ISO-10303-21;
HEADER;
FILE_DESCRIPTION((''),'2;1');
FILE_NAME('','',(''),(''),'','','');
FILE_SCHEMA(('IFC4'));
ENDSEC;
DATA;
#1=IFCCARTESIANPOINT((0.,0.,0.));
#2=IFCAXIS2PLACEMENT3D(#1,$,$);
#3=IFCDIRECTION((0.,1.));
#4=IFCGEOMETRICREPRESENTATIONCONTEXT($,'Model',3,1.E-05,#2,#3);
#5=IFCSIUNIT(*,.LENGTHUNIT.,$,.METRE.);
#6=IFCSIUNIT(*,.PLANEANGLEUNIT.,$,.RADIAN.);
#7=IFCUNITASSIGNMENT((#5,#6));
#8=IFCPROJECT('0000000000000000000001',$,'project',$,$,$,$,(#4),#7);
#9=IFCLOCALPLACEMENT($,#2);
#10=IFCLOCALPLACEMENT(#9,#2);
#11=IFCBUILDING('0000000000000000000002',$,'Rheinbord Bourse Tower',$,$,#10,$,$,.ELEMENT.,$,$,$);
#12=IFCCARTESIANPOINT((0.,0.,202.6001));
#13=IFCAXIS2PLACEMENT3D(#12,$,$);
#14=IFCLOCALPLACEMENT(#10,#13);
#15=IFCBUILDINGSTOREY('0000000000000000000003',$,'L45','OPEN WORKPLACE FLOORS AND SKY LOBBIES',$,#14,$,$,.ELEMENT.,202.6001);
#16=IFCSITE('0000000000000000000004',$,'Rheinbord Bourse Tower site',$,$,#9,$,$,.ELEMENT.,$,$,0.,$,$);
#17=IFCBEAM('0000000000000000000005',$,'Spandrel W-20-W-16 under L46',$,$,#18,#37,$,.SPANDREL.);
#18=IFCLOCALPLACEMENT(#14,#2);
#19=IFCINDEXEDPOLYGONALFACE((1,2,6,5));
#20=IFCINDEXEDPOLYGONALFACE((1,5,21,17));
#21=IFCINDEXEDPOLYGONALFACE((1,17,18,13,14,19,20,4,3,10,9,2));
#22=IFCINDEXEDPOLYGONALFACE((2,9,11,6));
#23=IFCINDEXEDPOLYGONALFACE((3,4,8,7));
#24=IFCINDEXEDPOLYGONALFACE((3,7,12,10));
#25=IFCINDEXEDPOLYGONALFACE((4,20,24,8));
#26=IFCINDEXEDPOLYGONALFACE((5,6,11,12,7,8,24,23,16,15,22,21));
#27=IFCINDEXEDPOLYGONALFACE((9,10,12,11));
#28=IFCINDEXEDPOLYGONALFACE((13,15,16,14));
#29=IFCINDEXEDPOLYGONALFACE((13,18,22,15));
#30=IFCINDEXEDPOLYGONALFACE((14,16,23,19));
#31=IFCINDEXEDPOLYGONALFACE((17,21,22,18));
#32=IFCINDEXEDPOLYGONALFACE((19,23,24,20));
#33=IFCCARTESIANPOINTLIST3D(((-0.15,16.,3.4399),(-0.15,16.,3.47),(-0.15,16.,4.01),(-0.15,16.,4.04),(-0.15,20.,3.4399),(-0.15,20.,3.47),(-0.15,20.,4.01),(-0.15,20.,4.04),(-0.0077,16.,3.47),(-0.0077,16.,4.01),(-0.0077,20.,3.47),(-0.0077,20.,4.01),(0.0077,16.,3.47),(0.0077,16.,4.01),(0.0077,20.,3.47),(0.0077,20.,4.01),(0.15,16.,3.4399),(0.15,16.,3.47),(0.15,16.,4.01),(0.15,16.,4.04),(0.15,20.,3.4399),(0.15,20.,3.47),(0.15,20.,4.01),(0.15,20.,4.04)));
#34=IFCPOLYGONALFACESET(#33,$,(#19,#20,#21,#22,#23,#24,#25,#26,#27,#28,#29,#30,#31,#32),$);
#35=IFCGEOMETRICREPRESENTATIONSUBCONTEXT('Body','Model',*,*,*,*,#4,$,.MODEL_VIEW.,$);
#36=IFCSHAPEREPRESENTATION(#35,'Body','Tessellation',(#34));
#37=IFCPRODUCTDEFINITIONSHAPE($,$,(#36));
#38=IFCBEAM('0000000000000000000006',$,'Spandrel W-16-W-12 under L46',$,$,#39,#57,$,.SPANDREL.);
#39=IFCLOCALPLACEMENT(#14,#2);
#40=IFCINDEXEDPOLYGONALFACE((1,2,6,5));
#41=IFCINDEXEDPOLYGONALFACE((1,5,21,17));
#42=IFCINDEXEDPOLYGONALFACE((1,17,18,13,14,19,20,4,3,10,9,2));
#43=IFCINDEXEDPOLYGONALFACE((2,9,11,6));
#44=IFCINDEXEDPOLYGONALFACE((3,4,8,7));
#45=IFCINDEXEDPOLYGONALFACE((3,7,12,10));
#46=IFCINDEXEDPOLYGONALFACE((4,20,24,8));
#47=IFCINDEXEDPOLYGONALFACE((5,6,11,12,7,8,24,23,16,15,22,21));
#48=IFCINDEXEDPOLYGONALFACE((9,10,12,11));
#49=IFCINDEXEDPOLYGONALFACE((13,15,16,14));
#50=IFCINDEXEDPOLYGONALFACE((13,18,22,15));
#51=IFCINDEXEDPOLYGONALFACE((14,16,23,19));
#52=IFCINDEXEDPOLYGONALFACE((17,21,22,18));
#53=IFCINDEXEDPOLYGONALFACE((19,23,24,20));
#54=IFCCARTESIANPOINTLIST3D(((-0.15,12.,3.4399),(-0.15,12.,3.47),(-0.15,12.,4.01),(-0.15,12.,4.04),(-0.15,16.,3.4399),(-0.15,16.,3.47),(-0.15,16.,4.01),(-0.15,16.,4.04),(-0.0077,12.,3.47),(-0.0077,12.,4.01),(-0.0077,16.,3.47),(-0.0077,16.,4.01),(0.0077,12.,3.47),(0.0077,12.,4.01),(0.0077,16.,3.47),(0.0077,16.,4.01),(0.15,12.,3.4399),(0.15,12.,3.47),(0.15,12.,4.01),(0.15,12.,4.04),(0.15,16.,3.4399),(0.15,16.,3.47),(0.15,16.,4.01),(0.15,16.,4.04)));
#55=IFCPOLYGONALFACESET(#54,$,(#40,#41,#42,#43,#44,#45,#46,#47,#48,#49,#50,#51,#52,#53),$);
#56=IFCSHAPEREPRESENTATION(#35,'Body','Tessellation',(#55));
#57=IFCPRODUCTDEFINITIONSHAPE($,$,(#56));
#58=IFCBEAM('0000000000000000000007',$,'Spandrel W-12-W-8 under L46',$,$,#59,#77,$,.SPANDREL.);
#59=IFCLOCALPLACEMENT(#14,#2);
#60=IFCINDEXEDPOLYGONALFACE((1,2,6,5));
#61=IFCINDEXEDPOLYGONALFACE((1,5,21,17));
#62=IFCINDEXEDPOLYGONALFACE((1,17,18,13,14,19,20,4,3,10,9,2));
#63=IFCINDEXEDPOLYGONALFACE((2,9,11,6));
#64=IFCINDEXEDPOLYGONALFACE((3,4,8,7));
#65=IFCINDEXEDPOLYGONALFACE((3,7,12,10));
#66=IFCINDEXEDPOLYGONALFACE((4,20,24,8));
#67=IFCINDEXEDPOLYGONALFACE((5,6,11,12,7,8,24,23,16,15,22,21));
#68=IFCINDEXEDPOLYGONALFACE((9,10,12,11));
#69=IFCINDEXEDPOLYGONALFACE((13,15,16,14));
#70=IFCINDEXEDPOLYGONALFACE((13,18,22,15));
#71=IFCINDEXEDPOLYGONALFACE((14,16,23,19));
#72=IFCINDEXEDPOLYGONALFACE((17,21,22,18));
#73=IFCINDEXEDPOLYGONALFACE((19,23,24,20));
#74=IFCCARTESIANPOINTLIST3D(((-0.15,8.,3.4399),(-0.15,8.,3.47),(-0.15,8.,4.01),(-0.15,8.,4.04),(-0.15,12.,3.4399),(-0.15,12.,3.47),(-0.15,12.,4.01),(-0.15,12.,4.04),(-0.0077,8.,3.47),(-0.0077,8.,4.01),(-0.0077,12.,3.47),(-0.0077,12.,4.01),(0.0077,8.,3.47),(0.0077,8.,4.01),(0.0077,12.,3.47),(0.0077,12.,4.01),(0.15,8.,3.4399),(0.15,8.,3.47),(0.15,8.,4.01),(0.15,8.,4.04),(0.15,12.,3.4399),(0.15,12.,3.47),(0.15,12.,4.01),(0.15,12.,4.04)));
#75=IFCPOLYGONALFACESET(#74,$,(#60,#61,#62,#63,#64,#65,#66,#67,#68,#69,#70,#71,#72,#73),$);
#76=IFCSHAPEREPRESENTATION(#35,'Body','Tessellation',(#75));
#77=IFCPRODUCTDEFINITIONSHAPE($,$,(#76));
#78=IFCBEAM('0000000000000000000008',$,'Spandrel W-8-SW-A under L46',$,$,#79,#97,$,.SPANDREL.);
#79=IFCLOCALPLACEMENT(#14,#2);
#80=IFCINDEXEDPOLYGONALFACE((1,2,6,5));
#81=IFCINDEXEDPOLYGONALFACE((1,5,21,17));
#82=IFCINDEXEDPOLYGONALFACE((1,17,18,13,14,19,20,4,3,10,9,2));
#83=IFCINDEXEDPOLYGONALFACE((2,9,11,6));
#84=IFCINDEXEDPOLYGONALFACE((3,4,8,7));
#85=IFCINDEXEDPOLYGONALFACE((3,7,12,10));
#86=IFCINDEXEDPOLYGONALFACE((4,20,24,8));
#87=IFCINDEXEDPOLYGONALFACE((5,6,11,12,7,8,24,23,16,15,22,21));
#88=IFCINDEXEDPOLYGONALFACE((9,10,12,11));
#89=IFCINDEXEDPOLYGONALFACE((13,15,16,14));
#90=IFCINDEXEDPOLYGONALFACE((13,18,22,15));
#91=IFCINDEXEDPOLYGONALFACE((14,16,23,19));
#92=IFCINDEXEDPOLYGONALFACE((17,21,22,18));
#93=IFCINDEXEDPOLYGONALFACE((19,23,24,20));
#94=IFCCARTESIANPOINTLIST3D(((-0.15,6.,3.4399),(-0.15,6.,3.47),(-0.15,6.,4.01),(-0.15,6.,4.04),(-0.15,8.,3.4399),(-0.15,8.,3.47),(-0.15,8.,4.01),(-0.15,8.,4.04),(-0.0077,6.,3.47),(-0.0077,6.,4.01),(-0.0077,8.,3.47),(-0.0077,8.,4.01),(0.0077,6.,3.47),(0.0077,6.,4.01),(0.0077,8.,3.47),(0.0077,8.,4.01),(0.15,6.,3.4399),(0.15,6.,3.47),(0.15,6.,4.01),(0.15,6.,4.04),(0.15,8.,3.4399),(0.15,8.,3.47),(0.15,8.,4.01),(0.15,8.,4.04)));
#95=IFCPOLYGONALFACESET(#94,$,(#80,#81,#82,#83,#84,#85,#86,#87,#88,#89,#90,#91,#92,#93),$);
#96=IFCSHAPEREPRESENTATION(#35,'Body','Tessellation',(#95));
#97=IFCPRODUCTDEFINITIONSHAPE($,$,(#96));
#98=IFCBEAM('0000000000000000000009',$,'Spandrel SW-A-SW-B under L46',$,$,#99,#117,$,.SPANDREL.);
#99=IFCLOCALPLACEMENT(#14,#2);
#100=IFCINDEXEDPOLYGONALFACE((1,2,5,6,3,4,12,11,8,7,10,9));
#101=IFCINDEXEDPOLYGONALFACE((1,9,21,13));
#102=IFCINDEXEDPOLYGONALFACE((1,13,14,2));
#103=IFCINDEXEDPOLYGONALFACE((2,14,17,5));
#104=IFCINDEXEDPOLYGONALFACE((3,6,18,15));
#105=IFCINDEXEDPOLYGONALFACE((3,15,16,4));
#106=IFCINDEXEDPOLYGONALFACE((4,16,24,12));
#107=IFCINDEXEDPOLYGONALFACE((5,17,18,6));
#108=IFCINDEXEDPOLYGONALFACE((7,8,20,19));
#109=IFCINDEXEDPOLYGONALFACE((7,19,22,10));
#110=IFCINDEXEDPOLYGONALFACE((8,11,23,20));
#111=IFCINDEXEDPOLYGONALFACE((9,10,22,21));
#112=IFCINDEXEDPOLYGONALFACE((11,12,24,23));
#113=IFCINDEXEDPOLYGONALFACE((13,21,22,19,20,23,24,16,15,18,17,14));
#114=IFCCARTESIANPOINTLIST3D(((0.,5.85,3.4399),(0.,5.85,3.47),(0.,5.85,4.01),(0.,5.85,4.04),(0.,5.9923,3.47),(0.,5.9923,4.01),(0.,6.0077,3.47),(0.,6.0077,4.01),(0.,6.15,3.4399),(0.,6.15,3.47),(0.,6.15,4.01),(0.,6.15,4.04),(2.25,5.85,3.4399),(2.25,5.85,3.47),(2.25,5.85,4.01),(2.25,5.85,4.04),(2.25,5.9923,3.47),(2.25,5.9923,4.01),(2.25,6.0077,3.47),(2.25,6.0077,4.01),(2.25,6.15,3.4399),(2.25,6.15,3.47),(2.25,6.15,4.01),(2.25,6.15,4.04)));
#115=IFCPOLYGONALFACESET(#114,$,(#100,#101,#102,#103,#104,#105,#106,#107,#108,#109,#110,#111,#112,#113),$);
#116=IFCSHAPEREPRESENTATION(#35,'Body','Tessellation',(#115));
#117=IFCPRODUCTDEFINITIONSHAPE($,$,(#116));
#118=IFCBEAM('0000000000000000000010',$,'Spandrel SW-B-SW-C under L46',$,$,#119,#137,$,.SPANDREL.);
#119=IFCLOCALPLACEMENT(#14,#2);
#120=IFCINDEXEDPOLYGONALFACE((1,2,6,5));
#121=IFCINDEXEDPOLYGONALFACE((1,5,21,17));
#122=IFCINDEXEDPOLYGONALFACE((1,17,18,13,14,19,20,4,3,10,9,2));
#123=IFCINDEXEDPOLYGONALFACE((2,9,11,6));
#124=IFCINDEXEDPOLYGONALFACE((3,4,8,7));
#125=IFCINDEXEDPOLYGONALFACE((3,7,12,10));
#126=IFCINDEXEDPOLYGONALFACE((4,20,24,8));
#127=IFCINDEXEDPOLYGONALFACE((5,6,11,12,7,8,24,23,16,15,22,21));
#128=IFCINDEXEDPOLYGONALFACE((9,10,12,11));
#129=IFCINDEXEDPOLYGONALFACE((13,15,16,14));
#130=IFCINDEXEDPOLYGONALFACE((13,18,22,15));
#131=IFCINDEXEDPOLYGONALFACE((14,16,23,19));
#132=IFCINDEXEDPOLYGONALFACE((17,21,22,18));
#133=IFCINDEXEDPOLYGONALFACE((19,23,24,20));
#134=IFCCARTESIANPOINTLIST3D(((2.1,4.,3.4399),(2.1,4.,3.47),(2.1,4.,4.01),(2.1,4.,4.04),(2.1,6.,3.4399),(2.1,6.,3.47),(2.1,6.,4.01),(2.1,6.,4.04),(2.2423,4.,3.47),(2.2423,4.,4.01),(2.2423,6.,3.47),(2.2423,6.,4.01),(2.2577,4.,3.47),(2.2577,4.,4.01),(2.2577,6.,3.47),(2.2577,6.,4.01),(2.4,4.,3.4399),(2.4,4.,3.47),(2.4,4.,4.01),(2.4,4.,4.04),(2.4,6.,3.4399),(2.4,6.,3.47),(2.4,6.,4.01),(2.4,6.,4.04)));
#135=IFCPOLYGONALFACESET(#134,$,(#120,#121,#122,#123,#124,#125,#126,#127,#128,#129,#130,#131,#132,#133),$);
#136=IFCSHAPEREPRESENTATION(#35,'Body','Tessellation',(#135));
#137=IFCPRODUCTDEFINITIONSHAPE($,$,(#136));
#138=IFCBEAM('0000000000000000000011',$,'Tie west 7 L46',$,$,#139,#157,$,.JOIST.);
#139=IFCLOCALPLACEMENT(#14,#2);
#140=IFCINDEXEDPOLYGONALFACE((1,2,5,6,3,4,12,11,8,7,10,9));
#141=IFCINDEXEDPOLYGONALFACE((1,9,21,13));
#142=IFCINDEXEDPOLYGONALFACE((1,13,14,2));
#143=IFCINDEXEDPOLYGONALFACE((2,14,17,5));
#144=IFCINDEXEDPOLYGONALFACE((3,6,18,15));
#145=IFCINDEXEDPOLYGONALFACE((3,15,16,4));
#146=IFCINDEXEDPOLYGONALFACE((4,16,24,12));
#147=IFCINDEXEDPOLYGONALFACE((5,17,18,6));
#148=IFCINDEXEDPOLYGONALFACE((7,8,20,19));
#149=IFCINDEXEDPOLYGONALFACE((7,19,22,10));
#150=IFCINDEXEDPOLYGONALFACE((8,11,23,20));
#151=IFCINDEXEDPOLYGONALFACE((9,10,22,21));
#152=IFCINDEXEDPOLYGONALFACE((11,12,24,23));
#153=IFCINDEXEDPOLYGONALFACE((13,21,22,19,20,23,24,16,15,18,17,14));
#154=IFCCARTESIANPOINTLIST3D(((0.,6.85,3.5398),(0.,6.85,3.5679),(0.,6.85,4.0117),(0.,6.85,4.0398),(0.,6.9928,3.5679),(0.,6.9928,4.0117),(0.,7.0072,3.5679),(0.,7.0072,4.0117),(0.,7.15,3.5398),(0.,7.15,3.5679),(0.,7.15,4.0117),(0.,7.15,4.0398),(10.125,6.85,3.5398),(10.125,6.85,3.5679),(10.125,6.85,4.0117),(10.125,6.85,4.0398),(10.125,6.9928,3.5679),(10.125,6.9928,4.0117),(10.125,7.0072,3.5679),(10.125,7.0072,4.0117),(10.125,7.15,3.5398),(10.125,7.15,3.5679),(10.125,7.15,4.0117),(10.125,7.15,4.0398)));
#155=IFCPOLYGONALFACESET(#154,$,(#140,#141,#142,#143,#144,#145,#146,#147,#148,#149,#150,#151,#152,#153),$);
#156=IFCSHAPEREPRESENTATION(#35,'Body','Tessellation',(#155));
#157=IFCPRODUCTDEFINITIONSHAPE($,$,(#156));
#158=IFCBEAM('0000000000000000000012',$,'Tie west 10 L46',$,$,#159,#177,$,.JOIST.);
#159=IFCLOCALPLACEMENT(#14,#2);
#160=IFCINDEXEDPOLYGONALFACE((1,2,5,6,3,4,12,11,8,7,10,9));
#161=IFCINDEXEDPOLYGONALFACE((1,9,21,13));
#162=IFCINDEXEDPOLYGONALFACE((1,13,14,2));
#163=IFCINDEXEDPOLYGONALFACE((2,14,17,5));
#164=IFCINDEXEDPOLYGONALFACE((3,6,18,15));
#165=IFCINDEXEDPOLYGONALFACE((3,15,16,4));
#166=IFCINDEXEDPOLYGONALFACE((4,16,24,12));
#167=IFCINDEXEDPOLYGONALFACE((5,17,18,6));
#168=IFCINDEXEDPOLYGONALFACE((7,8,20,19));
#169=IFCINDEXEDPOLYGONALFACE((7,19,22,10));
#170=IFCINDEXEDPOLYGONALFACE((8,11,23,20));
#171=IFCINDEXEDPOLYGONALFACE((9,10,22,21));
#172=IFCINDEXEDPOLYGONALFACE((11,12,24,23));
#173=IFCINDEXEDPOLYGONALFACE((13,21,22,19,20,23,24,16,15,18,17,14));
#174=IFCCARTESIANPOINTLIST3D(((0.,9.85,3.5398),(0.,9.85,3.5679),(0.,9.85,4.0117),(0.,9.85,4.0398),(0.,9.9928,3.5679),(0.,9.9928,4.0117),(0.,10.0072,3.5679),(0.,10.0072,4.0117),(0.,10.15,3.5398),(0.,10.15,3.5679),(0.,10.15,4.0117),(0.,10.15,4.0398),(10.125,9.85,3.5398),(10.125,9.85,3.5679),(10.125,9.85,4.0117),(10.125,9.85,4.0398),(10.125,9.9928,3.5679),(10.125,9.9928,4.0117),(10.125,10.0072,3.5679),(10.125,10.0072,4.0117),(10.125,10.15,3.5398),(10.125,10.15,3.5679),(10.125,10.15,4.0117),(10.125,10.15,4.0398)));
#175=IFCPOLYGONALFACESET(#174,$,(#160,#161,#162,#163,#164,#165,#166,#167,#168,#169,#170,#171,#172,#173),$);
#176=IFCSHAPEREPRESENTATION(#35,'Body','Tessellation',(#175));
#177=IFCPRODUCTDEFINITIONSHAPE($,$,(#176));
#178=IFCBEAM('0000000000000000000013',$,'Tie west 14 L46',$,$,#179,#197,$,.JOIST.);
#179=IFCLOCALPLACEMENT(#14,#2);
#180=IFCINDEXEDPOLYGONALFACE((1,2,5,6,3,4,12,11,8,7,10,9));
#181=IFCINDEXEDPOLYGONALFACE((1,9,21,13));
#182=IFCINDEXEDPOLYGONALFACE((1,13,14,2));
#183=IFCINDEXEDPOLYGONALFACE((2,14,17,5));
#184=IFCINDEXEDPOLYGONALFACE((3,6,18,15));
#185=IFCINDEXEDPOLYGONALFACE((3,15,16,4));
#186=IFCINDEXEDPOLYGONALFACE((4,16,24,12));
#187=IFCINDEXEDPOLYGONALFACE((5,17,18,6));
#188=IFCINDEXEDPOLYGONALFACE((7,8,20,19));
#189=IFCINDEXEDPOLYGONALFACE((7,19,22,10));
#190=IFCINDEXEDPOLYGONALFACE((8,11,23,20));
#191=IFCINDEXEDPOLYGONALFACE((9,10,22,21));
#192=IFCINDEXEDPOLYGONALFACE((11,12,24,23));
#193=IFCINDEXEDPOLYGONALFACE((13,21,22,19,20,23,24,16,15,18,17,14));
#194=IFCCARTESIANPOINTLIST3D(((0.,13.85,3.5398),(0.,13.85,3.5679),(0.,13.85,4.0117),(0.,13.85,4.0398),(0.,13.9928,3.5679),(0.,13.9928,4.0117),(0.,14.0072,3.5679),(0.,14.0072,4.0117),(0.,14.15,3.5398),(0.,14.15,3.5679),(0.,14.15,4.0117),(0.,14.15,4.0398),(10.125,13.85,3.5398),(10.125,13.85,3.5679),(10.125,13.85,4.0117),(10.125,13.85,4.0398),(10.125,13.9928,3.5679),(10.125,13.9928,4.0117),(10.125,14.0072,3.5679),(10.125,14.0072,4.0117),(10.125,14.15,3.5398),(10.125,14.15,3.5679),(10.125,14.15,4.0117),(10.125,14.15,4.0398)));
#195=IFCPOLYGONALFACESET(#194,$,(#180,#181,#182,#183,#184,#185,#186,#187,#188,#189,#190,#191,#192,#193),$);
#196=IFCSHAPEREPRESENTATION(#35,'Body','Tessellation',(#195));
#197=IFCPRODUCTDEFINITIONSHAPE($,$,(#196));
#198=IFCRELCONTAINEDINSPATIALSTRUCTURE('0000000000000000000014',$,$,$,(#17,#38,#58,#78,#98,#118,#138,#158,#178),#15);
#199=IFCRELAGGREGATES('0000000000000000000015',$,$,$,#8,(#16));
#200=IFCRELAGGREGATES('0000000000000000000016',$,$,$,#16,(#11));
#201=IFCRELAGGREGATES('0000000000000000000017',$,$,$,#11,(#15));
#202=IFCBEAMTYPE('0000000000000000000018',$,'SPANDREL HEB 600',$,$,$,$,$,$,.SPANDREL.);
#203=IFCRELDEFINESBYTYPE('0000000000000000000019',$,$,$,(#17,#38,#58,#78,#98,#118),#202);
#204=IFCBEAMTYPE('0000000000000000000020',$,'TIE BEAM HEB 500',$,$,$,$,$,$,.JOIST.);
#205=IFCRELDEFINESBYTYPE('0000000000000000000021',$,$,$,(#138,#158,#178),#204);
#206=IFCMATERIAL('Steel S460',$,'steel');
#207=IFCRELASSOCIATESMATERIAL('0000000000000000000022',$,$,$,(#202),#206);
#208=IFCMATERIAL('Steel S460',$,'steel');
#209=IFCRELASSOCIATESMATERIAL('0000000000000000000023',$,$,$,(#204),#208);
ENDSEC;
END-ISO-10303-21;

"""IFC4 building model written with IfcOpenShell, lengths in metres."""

from ifc_helpers import new_model, si_unit, direction, frame, origin, origin_2d, place, context, subcontext, project, spatial, i_section, extrude, material, material_profile, profile_set, type_object, element, save


model = new_model("IFC4")

# Units and contexts
model_context = context("Model", 3, precision=1e-05, world=origin(), true_north=direction((0.0, 1.0)))
body_context = subcontext(model_context, "Body", "Model", "MODEL_VIEW")
ifc_project = project(units=[si_unit("LENGTHUNIT", "METRE"), si_unit("PLANEANGLEUNIT", "RADIAN")], contexts=[model_context])

# Site, building, storey
site_placement = place(None, origin())
site = spatial("IfcSite", under=ifc_project, at=site_placement, Name="Rheinbord Bourse Tower site", CompositionType="ELEMENT", RefElevation=0.0)
building_placement = place(site_placement, origin())
building = spatial("IfcBuilding", under=site, at=building_placement, Name="Rheinbord Bourse Tower", CompositionType="ELEMENT")
storey_placement = place(building_placement, frame((0.0, 0.0, 202.6001)))
storey = spatial("IfcBuildingStorey", under=building, at=storey_placement, Name="L45", Description="OPEN WORKPLACE FLOORS AND SKY LOBBIES", CompositionType="ELEMENT", Elevation=202.6001)

# Beams
ifc_material_1 = material(Name="Steel S460", Category="steel")
ifc_material_profile_1 = material_profile(ifc_material_1, i_section(OverallWidth=0.3, OverallDepth=0.6001, WebThickness=0.0154, FlangeThickness=0.03, at=origin_2d()), Name="HEB 600")
ifc_profile_set_1 = profile_set([ifc_material_profile_1], Name="Steel S460")
beam_type_1 = type_object("IfcBeamType", Name="SPANDREL HEB 600", PredefinedType="SPANDREL", material=ifc_profile_set_1)
for number, where, z_axis, x_axis, name in (
    (1, (0.0, 20.0, 3.74), (0.0, -1.0, 0.0), (1.0, 0.0, 0.0), "Spandrel W-20-W-16 under L46"),
    (2, (0.0, 16.0, 3.74), (0.0, -1.0, 0.0), (1.0, 0.0, 0.0), "Spandrel W-16-W-12 under L46"),
    (3, (0.0, 12.0, 3.74), (0.0, -1.0, 0.0), (1.0, 0.0, 0.0), "Spandrel W-12-W-8 under L46"),
):
    element("IfcBeam", number, at=place(storey_placement, frame(where, z_axis=z_axis, x_axis=x_axis)), inside=storey, type_object=beam_type_1, Name=name, PredefinedType="SPANDREL", context=body_context, shape_type="SweptSolid", body=[
        extrude(i_section(OverallWidth=0.3, OverallDepth=0.6001, WebThickness=0.0154, FlangeThickness=0.03, at=origin_2d()), origin(), (0.0, 0.0, 1.0), 4.0),
    ])
beam_1_placement = place(storey_placement, frame((0.0, 8.0, 3.74), z_axis=(0.0, -1.0, 0.0), x_axis=(1.0, 0.0, 0.0)))
element("IfcBeam", 4, at=beam_1_placement, inside=storey, type_object=beam_type_1, Name="Spandrel W-8-SW-A under L46", PredefinedType="SPANDREL", context=body_context, shape_type="SweptSolid", body=[
    extrude(i_section(OverallWidth=0.3, OverallDepth=0.6001, WebThickness=0.0154, FlangeThickness=0.03, at=origin_2d()), origin(), (0.0, 0.0, 1.0), 2.0),
])
beam_2_placement = place(storey_placement, frame((0.0, 6.0, 3.74), z_axis=(1.0, 0.0, 0.0), x_axis=(0.0, 1.0, 0.0)))
element("IfcBeam", 5, at=beam_2_placement, inside=storey, type_object=beam_type_1, Name="Spandrel SW-A-SW-B under L46", PredefinedType="SPANDREL", context=body_context, shape_type="SweptSolid", body=[
    extrude(i_section(OverallWidth=0.3, OverallDepth=0.6001, WebThickness=0.0154, FlangeThickness=0.03, at=origin_2d()), origin(), (0.0, 0.0, 1.0), 2.25),
])
beam_3_placement = place(storey_placement, frame((2.25, 6.0, 3.74), z_axis=(0.0, -1.0, 0.0), x_axis=(1.0, 0.0, 0.0)))
element("IfcBeam", 6, at=beam_3_placement, inside=storey, type_object=beam_type_1, Name="Spandrel SW-B-SW-C under L46", PredefinedType="SPANDREL", context=body_context, shape_type="SweptSolid", body=[
    extrude(i_section(OverallWidth=0.3, OverallDepth=0.6001, WebThickness=0.0154, FlangeThickness=0.03, at=origin_2d()), origin(), (0.0, 0.0, 1.0), 2.0),
])
ifc_material_2 = material(Name="Steel S460", Category="steel")
ifc_material_profile_2 = material_profile(ifc_material_2, i_section(OverallWidth=0.3, OverallDepth=0.5, WebThickness=0.0144, FlangeThickness=0.0281, at=origin_2d()), Name="HEB 500")
ifc_profile_set_2 = profile_set([ifc_material_profile_2], Name="Steel S460")
beam_type_2 = type_object("IfcBeamType", Name="TIE BEAM HEB 500", PredefinedType="JOIST", material=ifc_profile_set_2)
for number, where, z_axis, x_axis, name in (
    (7, (0.0, 7.0, 3.7898), (1.0, 0.0, 0.0), (0.0, 1.0, 0.0), "Tie west 7 L46"),
    (8, (0.0, 10.0, 3.7898), (1.0, 0.0, 0.0), (0.0, 1.0, 0.0), "Tie west 10 L46"),
    (9, (0.0, 14.0, 3.7898), (1.0, 0.0, 0.0), (0.0, 1.0, 0.0), "Tie west 14 L46"),
):
    element("IfcBeam", number, at=place(storey_placement, frame(where, z_axis=z_axis, x_axis=x_axis)), inside=storey, type_object=beam_type_2, Name=name, PredefinedType="JOIST", context=body_context, shape_type="SweptSolid", body=[
        extrude(i_section(OverallWidth=0.3, OverallDepth=0.5, WebThickness=0.0144, FlangeThickness=0.0281, at=origin_2d()), origin(), (0.0, 0.0, 1.0), 10.125),
    ])

save(model, "model.ifc")
